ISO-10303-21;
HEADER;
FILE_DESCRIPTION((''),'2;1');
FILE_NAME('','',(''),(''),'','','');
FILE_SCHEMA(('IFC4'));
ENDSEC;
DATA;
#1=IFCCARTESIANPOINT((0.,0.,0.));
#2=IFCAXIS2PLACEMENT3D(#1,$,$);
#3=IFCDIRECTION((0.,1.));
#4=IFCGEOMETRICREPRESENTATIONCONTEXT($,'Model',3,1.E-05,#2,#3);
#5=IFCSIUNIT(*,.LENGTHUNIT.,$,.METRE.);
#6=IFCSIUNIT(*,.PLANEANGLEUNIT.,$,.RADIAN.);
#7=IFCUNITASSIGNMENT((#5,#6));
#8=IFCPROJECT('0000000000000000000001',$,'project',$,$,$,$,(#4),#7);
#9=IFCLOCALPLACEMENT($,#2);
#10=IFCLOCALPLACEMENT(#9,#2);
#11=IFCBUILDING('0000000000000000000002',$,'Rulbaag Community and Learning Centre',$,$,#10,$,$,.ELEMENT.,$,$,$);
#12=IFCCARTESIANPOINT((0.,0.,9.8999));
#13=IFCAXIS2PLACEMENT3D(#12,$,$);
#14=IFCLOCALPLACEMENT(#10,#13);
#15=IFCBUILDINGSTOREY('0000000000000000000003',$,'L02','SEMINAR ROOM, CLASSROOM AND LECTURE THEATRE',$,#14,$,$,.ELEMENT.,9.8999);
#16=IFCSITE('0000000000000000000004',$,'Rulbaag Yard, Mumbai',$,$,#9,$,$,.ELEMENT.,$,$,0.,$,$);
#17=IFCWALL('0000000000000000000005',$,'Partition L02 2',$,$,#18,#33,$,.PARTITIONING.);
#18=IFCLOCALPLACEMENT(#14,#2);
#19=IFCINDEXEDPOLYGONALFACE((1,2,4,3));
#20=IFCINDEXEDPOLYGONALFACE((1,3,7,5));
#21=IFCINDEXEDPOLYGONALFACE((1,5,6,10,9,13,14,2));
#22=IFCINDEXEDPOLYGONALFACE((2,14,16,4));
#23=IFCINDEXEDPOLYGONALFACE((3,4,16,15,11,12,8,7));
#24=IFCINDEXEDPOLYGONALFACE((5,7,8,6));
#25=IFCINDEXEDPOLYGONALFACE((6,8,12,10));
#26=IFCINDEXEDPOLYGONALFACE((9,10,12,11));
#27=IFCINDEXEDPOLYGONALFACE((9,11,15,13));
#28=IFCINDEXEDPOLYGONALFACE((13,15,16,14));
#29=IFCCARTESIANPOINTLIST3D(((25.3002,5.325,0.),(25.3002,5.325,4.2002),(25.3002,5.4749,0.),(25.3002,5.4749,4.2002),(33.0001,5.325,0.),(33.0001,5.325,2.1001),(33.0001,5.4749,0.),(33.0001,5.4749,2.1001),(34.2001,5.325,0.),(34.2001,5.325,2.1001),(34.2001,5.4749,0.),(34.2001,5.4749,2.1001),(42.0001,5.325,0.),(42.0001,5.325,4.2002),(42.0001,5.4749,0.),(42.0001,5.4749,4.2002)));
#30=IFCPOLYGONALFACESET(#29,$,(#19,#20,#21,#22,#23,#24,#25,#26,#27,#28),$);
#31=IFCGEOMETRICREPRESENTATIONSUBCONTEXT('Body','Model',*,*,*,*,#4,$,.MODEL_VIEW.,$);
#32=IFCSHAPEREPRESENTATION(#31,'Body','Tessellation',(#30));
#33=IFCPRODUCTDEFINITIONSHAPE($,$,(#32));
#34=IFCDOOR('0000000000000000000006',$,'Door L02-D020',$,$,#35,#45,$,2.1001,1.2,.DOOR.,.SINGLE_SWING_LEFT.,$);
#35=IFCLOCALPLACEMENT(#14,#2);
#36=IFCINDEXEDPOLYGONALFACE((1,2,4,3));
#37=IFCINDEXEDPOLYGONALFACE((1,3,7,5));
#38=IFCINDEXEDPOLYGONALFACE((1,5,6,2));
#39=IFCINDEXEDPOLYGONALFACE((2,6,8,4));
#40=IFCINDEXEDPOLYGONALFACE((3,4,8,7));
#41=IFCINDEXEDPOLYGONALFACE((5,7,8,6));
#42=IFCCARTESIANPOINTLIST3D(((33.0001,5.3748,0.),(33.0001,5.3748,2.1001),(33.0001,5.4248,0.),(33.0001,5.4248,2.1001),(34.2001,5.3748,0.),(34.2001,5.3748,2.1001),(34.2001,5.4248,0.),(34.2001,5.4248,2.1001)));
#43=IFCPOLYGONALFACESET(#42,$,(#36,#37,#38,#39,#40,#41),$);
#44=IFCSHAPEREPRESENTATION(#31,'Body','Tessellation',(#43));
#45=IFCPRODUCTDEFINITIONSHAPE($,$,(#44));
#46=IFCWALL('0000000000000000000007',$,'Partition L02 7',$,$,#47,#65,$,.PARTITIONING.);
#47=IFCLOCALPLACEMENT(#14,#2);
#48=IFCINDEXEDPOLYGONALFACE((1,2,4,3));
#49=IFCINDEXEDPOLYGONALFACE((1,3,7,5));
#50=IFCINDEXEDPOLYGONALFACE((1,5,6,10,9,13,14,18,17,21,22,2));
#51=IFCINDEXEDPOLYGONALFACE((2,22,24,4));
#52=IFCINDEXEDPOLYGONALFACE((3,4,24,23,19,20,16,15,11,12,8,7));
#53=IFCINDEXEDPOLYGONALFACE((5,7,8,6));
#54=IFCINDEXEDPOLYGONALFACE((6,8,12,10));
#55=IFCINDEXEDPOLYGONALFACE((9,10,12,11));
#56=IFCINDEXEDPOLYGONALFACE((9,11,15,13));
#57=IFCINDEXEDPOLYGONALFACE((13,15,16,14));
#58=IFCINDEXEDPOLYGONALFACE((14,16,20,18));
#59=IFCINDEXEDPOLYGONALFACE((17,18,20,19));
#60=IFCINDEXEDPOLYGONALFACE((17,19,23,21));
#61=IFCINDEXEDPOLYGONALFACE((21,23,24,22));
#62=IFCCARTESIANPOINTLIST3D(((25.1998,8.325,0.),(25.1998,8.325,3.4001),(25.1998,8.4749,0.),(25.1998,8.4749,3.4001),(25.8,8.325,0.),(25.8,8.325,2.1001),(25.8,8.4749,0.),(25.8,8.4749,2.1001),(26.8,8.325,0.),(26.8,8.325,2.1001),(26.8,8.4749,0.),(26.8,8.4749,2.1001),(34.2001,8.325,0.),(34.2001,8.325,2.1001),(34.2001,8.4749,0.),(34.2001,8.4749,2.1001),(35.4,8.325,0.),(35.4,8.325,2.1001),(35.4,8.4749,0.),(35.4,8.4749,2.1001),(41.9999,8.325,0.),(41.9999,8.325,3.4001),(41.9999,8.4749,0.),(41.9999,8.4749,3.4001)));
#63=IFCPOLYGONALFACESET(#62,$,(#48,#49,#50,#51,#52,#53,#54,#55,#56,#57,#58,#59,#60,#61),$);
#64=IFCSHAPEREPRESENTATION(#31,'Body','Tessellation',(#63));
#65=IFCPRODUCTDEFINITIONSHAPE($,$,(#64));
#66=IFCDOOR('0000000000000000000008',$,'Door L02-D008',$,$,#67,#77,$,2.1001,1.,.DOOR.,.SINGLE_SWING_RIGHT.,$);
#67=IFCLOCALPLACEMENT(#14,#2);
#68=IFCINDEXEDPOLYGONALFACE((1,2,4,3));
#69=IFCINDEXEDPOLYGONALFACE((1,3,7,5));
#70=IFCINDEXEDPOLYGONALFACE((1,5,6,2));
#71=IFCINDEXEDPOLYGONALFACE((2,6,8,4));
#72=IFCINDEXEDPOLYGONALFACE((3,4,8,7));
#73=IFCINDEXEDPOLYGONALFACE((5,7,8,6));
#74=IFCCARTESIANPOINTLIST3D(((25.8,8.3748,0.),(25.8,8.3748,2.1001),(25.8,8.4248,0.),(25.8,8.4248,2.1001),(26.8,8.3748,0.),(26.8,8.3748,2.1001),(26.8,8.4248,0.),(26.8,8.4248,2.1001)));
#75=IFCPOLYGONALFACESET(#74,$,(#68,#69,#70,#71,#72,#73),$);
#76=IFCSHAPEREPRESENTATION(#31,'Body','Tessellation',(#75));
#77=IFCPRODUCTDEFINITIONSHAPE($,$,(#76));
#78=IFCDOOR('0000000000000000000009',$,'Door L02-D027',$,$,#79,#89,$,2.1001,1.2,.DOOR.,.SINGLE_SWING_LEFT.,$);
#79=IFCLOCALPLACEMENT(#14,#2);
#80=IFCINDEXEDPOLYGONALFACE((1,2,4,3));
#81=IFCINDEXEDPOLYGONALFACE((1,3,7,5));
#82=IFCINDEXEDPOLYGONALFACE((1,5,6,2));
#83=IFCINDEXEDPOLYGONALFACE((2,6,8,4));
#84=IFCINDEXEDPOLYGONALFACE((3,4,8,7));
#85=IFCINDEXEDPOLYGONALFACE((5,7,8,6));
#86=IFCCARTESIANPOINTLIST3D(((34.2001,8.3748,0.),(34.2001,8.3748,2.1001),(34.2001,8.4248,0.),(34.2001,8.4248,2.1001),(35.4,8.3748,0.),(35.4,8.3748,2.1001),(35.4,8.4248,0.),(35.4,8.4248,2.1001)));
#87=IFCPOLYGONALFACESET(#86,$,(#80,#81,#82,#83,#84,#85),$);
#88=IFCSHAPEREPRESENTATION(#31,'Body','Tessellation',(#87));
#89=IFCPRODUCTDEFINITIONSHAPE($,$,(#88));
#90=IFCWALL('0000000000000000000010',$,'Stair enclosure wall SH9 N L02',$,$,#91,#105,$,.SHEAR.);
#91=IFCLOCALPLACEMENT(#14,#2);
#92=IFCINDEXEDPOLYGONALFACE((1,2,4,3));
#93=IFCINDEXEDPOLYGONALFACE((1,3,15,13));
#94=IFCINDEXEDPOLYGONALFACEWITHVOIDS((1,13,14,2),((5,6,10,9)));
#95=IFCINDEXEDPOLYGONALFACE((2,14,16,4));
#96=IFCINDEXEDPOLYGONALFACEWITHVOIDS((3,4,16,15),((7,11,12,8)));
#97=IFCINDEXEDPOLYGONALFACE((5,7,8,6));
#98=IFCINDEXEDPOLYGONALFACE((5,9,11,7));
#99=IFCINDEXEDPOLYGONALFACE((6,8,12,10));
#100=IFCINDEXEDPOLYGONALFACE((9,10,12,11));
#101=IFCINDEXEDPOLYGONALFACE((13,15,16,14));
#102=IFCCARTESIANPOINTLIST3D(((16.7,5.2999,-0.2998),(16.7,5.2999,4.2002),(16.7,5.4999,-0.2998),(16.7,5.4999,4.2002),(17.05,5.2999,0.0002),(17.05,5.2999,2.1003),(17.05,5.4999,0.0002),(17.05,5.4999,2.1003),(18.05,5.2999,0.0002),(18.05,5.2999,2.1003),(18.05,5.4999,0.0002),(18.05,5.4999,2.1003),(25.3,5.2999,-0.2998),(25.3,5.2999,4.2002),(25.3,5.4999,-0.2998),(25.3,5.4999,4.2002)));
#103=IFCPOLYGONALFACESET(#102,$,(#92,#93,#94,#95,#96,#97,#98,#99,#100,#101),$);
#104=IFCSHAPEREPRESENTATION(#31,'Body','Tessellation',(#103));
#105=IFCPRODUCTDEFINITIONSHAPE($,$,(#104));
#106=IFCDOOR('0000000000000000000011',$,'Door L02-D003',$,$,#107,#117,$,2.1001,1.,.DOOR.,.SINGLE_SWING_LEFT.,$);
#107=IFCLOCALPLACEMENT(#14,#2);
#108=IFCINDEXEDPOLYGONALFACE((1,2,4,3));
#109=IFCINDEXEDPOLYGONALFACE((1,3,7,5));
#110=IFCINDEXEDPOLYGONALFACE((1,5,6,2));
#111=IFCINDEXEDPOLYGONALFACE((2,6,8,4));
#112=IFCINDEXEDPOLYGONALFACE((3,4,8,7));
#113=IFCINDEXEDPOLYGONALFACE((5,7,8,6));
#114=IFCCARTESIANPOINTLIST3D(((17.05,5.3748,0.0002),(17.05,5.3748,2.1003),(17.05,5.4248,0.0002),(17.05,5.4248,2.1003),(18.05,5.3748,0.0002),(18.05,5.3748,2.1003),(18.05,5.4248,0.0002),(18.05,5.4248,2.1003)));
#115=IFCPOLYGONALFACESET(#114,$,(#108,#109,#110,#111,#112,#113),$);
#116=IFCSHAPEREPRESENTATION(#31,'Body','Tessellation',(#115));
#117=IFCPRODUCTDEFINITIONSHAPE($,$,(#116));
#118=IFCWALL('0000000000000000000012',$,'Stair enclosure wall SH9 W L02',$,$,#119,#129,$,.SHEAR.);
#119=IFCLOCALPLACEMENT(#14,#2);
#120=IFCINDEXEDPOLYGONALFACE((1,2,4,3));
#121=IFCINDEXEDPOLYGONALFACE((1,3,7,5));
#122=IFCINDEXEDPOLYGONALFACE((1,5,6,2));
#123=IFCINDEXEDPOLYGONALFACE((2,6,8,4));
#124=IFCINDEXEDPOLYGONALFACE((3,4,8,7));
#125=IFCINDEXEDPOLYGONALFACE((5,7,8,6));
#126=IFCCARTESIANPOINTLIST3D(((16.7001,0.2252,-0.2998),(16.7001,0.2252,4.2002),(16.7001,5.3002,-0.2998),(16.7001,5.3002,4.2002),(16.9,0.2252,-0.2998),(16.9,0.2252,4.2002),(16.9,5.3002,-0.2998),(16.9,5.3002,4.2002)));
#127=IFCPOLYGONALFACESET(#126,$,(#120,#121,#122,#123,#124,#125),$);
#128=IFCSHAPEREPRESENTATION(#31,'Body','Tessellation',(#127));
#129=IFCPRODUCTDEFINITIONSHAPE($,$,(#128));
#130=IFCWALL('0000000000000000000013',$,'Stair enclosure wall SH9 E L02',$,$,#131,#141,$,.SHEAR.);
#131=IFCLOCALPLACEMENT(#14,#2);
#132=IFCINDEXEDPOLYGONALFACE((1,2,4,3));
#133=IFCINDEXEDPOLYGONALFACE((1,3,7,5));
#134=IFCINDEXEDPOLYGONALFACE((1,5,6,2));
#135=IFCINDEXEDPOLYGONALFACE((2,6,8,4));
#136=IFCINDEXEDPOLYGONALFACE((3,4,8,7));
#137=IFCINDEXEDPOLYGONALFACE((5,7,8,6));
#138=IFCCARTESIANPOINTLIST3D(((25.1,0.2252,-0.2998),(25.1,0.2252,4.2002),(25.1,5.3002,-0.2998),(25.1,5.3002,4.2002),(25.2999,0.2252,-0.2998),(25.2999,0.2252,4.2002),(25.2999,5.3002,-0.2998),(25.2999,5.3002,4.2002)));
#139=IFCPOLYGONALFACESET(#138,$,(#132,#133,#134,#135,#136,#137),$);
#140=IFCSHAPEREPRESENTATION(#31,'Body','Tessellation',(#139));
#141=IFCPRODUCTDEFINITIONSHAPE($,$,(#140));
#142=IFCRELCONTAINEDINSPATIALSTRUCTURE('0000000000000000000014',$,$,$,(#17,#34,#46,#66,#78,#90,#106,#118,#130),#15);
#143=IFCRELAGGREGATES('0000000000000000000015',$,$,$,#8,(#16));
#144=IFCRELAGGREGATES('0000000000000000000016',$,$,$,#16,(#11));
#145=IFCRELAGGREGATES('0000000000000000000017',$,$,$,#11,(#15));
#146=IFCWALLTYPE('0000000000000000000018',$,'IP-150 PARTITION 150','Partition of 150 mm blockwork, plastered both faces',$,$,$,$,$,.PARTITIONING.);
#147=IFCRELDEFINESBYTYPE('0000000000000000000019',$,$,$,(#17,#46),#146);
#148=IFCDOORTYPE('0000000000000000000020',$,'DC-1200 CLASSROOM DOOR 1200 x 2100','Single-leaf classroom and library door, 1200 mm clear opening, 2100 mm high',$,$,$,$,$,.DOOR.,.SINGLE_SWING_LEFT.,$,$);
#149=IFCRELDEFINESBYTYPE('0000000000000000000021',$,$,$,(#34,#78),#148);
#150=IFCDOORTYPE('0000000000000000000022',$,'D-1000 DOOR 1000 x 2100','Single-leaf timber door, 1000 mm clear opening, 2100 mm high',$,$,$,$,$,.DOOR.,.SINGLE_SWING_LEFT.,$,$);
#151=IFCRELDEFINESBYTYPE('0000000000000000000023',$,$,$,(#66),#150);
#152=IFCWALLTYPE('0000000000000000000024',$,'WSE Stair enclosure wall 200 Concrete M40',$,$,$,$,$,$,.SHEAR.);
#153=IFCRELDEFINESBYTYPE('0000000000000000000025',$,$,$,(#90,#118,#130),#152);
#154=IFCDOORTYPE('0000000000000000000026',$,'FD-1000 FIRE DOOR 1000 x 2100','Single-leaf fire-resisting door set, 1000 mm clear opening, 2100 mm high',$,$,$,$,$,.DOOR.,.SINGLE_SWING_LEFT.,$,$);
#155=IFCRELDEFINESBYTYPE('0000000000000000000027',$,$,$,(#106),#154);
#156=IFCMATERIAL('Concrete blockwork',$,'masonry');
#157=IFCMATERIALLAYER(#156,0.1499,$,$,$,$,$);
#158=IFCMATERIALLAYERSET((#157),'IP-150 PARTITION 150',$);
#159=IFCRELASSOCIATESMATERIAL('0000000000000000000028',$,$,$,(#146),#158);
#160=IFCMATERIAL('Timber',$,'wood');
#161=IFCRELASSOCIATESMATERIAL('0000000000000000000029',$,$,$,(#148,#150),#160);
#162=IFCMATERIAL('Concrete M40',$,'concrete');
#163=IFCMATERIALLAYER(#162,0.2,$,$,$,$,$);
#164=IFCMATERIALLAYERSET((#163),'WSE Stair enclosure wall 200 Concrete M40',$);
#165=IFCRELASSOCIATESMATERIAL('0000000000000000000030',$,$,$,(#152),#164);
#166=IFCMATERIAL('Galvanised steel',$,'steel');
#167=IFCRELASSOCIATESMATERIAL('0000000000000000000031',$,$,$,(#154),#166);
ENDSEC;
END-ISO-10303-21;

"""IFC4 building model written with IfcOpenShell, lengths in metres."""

from ifc_helpers import new_model, si_unit, direction, frame, frame_2d, origin, place, context, subcontext, project, spatial, rectangle, extrude, material, layer, layer_set, type_object, element, fill, save


model = new_model("IFC4")

# Units and contexts
model_context = context("Model", 3, precision=1e-05, world=origin(), true_north=direction((0.0, 1.0)))
body_context = subcontext(model_context, "Body", "Model", "MODEL_VIEW")
ifc_project = project(units=[si_unit("LENGTHUNIT", "METRE"), si_unit("PLANEANGLEUNIT", "RADIAN")], contexts=[model_context])

# Site, building, storey
site_placement = place(None, origin())
site = spatial("IfcSite", under=ifc_project, at=site_placement, Name="Rulbaag Yard, Mumbai", CompositionType="ELEMENT", RefElevation=0.0)
building_placement = place(site_placement, origin())
building = spatial("IfcBuilding", under=site, at=building_placement, Name="Rulbaag Community and Learning Centre", CompositionType="ELEMENT")
storey_placement = place(building_placement, frame((0.0, 0.0, 9.8999)))
storey = spatial("IfcBuildingStorey", under=building, at=storey_placement, Name="L02", Description="SEMINAR ROOM, CLASSROOM AND LECTURE THEATRE", CompositionType="ELEMENT", Elevation=9.8999)

# Shared definitions
ifc_material_1 = material(Name="Concrete M40", Category="concrete")

# Wall, opening, door
ifc_material_2 = material(Name="Concrete blockwork", Category="masonry")
ifc_layer_1 = layer(ifc_material_2, 0.1499)
ifc_layer_set_1 = layer_set([ifc_layer_1], Name="IP-150 PARTITION 150")
wall_type_1 = type_object("IfcWallType", Name="IP-150 PARTITION 150", Description="Partition of 150 mm blockwork, plastered both faces", PredefinedType="PARTITIONING", material=ifc_layer_set_1)
wall_1_placement = place(storey_placement, frame((25.3, 5.3999, 0.0), z_axis=(0.0, 0.0, 1.0), x_axis=(1.0, 0.0, 0.0)))
wall_1 = element("IfcWall", 1, at=wall_1_placement, inside=storey, type_object=wall_type_1, Name="Partition L02 2", PredefinedType="PARTITIONING", context=body_context, shape_type="SweptSolid", body=[
    extrude(rectangle(XDim=16.7, YDim=0.1499, at=frame_2d((8.3501, 0.0))), origin(), (0.0, 0.0, 1.0), 4.2002),
])
opening_1_placement = place(wall_1_placement, frame((7.7, 0.0, 0.0)))
opening_1 = element("IfcOpeningElement", 2, at=opening_1_placement, cuts=wall_1, PredefinedType="OPENING", context=body_context, shape_type="SweptSolid", body=[
    extrude(rectangle(XDim=1.2, YDim=2.1001, at=frame_2d((0.6001, 1.05))), frame((0.0, 0.085, 0.0), z_axis=(0.0, -1.0, 0.0), x_axis=(1.0, 0.0, 0.0)), (0.0, 0.0, 1.0), 0.1699),
])
ifc_material_3 = material(Name="Timber", Category="wood")
door_type_1 = type_object("IfcDoorType", Name="DC-1200 CLASSROOM DOOR 1200 x 2100", Description="Single-leaf classroom and library door, 1200 mm clear opening, 2100 mm high", OperationType="SINGLE_SWING_LEFT", PredefinedType="DOOR", material=ifc_material_3)
door_1_placement = place(opening_1_placement, origin())
door_1 = element("IfcDoor", 3, at=door_1_placement, inside=storey, type_object=door_type_1, Name="Door L02-D020", OperationType="SINGLE_SWING_LEFT", OverallHeight=2.1001, OverallWidth=1.2, PredefinedType="DOOR", context=body_context, shape_type="SweptSolid", body=[
    extrude(rectangle(XDim=1.2, YDim=2.1001, at=frame_2d((0.6001, 1.05))), frame((0.0, 0.0249, 0.0), z_axis=(0.0, -1.0, 0.0), x_axis=(1.0, 0.0, 0.0)), (0.0, 0.0, 1.0), 0.05),
])
fill(opening_1, door_1)

# Wall, openings, doors
wall_2_placement = place(storey_placement, frame((25.2, 8.3999, 0.0), z_axis=(0.0, 0.0, 1.0), x_axis=(1.0, 0.0, 0.0)))
wall_2 = element("IfcWall", 4, at=wall_2_placement, inside=storey, type_object=wall_type_1, Name="Partition L02 7", PredefinedType="PARTITIONING", context=body_context, shape_type="SweptSolid", body=[
    extrude(rectangle(XDim=16.8, YDim=0.1499, at=frame_2d((8.3999, 0.0))), origin(), (0.0, 0.0, 1.0), 3.4001),
])
opening_2_placement = place(wall_2_placement, frame((9.0, 0.0, 0.0)))
opening_2 = element("IfcOpeningElement", 5, at=opening_2_placement, cuts=wall_2, PredefinedType="OPENING", context=body_context, shape_type="SweptSolid", body=[
    extrude(rectangle(XDim=1.2, YDim=2.1001, at=frame_2d((0.6001, 1.05))), frame((0.0, 0.085, 0.0), z_axis=(0.0, -1.0, 0.0), x_axis=(1.0, 0.0, 0.0)), (0.0, 0.0, 1.0), 0.1699),
])
opening_3_placement = place(wall_2_placement, frame((0.6001, 0.0, 0.0)))
opening_3 = element("IfcOpeningElement", 6, at=opening_3_placement, cuts=wall_2, PredefinedType="OPENING", context=body_context, shape_type="SweptSolid", body=[
    extrude(rectangle(XDim=1.0, YDim=2.1001, at=frame_2d((0.5, 1.05))), frame((0.0, 0.085, 0.0), z_axis=(0.0, -1.0, 0.0), x_axis=(1.0, 0.0, 0.0)), (0.0, 0.0, 1.0), 0.1699),
])
door_type_2 = type_object("IfcDoorType", Name="D-1000 DOOR 1000 x 2100", Description="Single-leaf timber door, 1000 mm clear opening, 2100 mm high", OperationType="SINGLE_SWING_LEFT", PredefinedType="DOOR", material=ifc_material_3)
door_2_placement = place(opening_3_placement, origin())
door_2 = element("IfcDoor", 7, at=door_2_placement, inside=storey, type_object=door_type_2, Name="Door L02-D008", OperationType="SINGLE_SWING_RIGHT", OverallHeight=2.1001, OverallWidth=1.0, PredefinedType="DOOR", context=body_context, shape_type="SweptSolid", body=[
    extrude(rectangle(XDim=1.0, YDim=2.1001, at=frame_2d((0.5, 1.05))), frame((0.0, 0.0249, 0.0), z_axis=(0.0, -1.0, 0.0), x_axis=(1.0, 0.0, 0.0)), (0.0, 0.0, 1.0), 0.05),
])
fill(opening_3, door_2)
door_3_placement = place(opening_2_placement, origin())
door_3 = element("IfcDoor", 8, at=door_3_placement, inside=storey, type_object=door_type_1, Name="Door L02-D027", OperationType="SINGLE_SWING_LEFT", OverallHeight=2.1001, OverallWidth=1.2, PredefinedType="DOOR", context=body_context, shape_type="SweptSolid", body=[
    extrude(rectangle(XDim=1.2, YDim=2.1001, at=frame_2d((0.6001, 1.05))), frame((0.0, 0.0249, 0.0), z_axis=(0.0, -1.0, 0.0), x_axis=(1.0, 0.0, 0.0)), (0.0, 0.0, 1.0), 0.05),
])
fill(opening_2, door_3)

# Wall, opening, door
ifc_layer_2 = layer(ifc_material_1, 0.2)
ifc_layer_set_2 = layer_set([ifc_layer_2], Name="WSE Stair enclosure wall 200 Concrete M40")
wall_type_2 = type_object("IfcWallType", Name="WSE Stair enclosure wall 200 Concrete M40", PredefinedType="SHEAR", material=ifc_layer_set_2)
wall_3_placement = place(storey_placement, frame((16.7, 5.3999, -0.2998), z_axis=(0.0, 0.0, 1.0), x_axis=(1.0, 0.0, 0.0)))
wall_3 = element("IfcWall", 9, at=wall_3_placement, inside=storey, type_object=wall_type_2, Name="Stair enclosure wall SH9 N L02", PredefinedType="SHEAR", context=body_context, shape_type="SweptSolid", body=[
    extrude(rectangle(XDim=8.6001, YDim=0.2, at=frame_2d((4.3, 0.0))), origin(), (0.0, 0.0, 1.0), 4.5),
])
opening_4_placement = place(wall_3_placement, frame((0.3501, 0.0, 0.3)))
opening_4 = element("IfcOpeningElement", 10, at=opening_4_placement, cuts=wall_3, PredefinedType="OPENING", context=body_context, shape_type="SweptSolid", body=[
    extrude(rectangle(XDim=1.0, YDim=2.1001, at=frame_2d((0.5, 1.05))), frame((0.0, 0.1099, 0.0), z_axis=(0.0, -1.0, 0.0), x_axis=(1.0, 0.0, 0.0)), (0.0, 0.0, 1.0), 0.22),
])
ifc_material_4 = material(Name="Galvanised steel", Category="steel")
door_type_3 = type_object("IfcDoorType", Name="FD-1000 FIRE DOOR 1000 x 2100", Description="Single-leaf fire-resisting door set, 1000 mm clear opening, 2100 mm high", OperationType="SINGLE_SWING_LEFT", PredefinedType="DOOR", material=ifc_material_4)
door_4_placement = place(opening_4_placement, origin())
door_4 = element("IfcDoor", 11, at=door_4_placement, inside=storey, type_object=door_type_3, Name="Door L02-D003", OperationType="SINGLE_SWING_LEFT", OverallHeight=2.1001, OverallWidth=1.0, PredefinedType="DOOR", context=body_context, shape_type="SweptSolid", body=[
    extrude(rectangle(XDim=1.0, YDim=2.1001, at=frame_2d((0.5, 1.05))), frame((0.0, 0.0249, 0.0), z_axis=(0.0, -1.0, 0.0), x_axis=(1.0, 0.0, 0.0)), (0.0, 0.0, 1.0), 0.05),
])
fill(opening_4, door_4)

# Walls
for number, where, z_axis, x_axis, name in (
    (12, (16.8, 0.2251, -0.2998), (0.0, 0.0, 1.0), (0.0, 1.0, 0.0), "Stair enclosure wall SH9 W L02"),
    (13, (25.2, 0.2251, -0.2998), (0.0, 0.0, 1.0), (0.0, 1.0, 0.0), "Stair enclosure wall SH9 E L02"),
):
    element("IfcWall", number, at=place(storey_placement, frame(where, z_axis=z_axis, x_axis=x_axis)), inside=storey, type_object=wall_type_2, Name=name, PredefinedType="SHEAR", context=body_context, shape_type="SweptSolid", body=[
        extrude(rectangle(XDim=5.075, YDim=0.2, at=frame_2d((2.5376, 0.0))), origin(), (0.0, 0.0, 1.0), 4.5),
    ])

save(model, "model.ifc")
